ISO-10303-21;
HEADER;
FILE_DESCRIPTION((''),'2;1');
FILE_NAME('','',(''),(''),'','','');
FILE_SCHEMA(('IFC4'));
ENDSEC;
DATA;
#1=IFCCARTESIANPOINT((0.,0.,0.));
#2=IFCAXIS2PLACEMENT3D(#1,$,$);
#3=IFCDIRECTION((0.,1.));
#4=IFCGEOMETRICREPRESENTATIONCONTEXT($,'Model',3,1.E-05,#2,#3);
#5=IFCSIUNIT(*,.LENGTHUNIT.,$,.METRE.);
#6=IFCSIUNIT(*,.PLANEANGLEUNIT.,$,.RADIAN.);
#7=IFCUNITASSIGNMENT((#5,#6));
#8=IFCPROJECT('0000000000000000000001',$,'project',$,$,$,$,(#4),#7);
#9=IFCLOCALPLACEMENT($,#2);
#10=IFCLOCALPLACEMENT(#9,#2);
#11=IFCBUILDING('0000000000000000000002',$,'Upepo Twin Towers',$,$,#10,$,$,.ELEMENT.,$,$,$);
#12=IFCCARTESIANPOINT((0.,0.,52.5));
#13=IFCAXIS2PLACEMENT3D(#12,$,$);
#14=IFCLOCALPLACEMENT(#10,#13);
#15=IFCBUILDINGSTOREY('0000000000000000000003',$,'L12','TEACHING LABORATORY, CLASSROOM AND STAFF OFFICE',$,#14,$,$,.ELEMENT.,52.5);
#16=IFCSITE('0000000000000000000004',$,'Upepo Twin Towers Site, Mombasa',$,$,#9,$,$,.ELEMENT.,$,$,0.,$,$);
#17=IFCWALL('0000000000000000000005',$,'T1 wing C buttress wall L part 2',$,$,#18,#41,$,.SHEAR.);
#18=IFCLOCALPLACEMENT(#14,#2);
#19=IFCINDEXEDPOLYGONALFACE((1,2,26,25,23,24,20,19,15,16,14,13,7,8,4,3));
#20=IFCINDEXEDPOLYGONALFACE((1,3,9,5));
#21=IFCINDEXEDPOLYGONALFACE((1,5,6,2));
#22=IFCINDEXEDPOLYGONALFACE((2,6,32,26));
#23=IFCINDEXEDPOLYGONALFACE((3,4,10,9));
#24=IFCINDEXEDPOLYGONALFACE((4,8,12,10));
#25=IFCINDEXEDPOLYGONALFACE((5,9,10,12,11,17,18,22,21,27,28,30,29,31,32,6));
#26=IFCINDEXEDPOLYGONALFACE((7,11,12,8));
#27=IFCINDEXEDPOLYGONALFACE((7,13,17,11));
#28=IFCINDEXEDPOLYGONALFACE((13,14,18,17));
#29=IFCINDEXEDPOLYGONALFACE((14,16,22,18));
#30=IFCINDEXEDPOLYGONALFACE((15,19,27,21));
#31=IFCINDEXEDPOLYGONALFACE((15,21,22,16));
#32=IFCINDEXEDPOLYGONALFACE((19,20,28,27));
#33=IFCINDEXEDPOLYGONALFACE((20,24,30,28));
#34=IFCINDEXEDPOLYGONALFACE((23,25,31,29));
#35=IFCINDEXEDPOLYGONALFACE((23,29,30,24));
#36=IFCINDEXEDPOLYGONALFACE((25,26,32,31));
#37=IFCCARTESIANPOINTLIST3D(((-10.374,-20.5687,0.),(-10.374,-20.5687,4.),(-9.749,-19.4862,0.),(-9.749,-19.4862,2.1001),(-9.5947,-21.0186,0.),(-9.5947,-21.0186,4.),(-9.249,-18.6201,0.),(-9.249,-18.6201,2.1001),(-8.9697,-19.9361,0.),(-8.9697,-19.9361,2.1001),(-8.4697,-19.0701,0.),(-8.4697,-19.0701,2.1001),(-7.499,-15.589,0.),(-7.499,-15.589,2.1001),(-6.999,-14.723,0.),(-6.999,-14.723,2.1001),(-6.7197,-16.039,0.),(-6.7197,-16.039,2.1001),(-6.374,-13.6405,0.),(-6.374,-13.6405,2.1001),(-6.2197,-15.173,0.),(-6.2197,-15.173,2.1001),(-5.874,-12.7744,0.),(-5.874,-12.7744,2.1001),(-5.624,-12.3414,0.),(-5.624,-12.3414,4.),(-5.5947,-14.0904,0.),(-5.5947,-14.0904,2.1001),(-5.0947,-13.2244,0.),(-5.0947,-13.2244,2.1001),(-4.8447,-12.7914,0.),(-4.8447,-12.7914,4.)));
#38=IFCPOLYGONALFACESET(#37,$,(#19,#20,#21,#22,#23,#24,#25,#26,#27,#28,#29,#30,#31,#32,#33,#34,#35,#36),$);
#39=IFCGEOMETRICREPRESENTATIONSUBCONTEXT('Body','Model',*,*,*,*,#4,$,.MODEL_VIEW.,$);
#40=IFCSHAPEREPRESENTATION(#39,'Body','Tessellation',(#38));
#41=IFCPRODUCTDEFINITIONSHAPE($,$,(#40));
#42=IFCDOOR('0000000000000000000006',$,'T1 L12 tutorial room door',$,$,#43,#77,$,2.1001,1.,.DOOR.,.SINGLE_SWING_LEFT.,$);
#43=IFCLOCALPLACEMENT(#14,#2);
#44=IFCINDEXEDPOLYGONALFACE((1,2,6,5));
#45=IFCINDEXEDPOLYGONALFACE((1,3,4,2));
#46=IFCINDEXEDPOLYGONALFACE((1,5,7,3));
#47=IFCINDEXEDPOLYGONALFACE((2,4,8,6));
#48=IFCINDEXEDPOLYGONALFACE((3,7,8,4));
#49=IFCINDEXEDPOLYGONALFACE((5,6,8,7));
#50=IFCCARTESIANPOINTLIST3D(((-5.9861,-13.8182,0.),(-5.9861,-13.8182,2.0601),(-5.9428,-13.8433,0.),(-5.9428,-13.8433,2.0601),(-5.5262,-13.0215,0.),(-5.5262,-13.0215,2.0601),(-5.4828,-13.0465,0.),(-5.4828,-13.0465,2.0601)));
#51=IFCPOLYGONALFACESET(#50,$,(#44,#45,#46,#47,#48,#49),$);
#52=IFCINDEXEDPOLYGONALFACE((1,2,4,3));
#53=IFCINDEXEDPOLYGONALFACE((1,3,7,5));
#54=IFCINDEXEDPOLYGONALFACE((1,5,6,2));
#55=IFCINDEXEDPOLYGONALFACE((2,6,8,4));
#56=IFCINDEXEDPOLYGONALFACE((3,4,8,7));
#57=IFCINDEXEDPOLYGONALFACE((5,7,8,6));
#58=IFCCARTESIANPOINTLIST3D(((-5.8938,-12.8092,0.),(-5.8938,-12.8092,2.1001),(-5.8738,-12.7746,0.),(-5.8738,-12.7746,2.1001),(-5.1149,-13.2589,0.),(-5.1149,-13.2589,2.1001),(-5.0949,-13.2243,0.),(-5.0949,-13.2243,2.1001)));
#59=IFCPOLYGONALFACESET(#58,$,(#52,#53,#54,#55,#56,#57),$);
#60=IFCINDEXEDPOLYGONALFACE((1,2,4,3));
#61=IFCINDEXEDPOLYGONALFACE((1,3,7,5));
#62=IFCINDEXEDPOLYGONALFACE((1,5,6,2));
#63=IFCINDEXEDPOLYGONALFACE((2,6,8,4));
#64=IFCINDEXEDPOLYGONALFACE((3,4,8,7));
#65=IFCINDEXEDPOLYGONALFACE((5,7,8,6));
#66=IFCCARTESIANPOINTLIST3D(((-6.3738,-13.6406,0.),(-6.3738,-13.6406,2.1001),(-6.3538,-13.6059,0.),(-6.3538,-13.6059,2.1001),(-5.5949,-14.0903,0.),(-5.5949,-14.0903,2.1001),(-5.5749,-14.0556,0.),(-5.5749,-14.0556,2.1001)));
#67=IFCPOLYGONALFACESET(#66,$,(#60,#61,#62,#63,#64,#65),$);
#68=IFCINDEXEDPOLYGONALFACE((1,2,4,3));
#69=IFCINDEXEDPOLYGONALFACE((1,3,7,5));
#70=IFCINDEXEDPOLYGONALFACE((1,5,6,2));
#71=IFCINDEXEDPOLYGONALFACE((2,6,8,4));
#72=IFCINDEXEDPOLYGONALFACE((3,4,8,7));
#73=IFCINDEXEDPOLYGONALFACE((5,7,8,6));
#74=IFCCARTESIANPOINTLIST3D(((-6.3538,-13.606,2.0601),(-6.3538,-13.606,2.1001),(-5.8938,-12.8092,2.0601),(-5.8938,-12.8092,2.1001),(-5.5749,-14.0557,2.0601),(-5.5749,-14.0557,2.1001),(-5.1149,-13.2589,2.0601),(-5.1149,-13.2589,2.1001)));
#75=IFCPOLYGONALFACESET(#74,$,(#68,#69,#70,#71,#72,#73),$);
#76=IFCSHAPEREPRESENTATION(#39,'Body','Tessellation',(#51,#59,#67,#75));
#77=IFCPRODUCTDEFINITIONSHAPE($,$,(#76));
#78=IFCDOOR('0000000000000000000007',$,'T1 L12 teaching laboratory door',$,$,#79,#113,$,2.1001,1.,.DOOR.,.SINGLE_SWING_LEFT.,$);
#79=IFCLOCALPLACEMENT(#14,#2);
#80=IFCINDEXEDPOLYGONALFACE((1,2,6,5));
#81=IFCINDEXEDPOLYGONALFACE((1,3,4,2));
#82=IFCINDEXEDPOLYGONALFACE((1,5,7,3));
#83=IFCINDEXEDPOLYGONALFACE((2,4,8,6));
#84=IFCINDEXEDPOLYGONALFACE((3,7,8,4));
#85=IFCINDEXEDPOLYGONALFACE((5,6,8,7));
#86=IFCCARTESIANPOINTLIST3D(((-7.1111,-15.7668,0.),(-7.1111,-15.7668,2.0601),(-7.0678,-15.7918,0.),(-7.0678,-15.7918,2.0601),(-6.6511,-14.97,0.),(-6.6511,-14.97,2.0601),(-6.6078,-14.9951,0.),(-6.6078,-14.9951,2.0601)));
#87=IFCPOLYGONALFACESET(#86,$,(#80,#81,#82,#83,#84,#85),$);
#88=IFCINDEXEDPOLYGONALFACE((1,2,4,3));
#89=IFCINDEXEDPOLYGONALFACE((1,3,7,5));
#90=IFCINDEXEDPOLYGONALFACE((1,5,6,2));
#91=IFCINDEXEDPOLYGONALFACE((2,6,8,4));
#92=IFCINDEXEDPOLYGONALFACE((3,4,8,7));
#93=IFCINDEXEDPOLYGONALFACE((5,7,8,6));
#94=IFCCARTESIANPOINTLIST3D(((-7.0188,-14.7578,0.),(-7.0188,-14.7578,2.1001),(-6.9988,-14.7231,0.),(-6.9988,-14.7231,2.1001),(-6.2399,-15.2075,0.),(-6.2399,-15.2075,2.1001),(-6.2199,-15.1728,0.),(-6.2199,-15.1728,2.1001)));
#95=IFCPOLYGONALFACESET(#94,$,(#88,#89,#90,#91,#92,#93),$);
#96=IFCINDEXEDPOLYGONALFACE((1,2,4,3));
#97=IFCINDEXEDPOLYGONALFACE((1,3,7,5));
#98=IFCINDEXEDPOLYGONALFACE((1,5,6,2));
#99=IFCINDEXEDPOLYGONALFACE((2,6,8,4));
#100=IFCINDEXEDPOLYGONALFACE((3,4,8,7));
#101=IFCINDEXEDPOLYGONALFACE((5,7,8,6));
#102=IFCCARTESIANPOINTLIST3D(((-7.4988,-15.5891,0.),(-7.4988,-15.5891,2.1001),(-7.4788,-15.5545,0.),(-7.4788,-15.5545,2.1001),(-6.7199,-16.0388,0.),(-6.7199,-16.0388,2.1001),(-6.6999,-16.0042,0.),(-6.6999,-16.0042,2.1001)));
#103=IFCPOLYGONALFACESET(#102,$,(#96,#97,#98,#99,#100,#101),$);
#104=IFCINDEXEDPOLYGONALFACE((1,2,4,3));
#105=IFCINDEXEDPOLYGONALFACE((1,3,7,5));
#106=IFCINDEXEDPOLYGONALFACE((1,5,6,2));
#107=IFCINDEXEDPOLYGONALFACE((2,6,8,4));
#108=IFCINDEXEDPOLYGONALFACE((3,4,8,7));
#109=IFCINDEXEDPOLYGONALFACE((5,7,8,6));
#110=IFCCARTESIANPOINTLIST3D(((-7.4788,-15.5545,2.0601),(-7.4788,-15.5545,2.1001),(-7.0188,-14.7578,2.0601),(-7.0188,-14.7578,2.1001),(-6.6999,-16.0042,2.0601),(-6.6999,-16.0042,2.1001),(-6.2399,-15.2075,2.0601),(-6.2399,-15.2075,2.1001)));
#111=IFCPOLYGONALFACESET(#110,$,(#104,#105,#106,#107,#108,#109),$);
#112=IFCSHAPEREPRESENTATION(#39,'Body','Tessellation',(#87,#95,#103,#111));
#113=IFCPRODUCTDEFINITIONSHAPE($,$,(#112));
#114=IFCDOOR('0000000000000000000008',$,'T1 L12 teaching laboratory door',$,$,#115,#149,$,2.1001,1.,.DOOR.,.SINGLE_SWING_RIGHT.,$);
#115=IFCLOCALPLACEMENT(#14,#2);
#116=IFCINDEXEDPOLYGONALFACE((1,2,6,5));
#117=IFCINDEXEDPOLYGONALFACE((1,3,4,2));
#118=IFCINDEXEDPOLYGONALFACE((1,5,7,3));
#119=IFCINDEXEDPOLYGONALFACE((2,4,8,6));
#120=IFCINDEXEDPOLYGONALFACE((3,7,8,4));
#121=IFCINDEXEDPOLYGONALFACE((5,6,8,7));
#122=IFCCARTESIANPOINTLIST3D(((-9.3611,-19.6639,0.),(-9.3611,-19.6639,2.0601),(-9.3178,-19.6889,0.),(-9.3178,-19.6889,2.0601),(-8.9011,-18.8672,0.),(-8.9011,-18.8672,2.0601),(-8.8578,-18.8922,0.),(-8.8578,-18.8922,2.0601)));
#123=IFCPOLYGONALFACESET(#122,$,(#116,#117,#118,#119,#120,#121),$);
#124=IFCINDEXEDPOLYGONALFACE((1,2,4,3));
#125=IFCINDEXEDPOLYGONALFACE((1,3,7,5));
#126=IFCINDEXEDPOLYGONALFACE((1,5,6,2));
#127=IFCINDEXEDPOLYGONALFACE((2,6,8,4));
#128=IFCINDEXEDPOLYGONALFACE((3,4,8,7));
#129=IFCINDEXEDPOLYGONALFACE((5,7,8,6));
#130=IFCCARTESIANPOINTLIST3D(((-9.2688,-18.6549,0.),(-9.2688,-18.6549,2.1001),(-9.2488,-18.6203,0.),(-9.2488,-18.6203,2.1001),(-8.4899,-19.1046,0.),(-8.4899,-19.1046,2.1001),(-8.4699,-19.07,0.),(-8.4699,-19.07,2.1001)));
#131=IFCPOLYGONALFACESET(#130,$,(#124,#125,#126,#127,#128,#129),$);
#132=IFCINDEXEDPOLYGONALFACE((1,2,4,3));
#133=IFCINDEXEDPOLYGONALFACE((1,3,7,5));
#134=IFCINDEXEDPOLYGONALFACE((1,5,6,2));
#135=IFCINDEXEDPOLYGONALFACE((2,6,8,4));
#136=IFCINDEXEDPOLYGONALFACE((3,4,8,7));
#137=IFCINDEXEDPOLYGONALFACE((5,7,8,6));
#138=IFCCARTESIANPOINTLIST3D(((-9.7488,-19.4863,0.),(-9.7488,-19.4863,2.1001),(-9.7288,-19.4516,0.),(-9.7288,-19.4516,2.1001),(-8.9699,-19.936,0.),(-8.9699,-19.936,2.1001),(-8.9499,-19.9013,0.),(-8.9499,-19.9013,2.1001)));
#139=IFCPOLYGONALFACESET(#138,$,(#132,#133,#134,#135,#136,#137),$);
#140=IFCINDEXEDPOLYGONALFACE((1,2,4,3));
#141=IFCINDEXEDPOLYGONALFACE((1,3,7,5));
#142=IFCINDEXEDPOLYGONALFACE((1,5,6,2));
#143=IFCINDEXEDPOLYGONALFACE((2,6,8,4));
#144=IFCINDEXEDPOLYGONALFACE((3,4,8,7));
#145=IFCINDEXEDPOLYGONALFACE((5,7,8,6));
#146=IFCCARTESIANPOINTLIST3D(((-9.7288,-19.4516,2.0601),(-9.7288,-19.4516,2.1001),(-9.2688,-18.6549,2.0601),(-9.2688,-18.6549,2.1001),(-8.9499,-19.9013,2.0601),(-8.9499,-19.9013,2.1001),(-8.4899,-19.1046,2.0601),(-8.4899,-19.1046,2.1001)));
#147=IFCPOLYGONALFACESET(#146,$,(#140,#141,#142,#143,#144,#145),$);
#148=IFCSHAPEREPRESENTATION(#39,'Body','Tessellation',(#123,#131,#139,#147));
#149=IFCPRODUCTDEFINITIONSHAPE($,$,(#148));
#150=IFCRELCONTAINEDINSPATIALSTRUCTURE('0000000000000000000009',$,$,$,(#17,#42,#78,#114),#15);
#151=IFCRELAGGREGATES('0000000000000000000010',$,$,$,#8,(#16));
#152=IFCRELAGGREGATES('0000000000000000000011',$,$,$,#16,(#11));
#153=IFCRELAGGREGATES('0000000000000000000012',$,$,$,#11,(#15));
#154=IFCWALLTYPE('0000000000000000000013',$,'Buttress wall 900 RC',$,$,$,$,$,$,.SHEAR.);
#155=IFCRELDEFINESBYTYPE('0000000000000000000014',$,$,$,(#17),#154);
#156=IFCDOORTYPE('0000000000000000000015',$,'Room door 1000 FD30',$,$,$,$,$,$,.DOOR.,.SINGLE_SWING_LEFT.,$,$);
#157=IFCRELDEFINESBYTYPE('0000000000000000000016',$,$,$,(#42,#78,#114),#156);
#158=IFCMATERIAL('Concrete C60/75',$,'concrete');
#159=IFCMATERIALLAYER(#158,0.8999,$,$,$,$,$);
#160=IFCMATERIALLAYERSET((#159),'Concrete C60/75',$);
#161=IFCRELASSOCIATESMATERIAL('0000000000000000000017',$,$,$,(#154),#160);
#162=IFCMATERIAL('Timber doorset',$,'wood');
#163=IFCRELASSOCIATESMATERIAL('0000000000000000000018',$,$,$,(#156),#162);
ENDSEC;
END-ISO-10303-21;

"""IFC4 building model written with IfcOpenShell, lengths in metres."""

from ifc_helpers import new_model, si_unit, direction, frame, frame_2d, origin, place, context, subcontext, project, spatial, rectangle, extrude, material, layer, layer_set, type_object, element, fill, save


model = new_model("IFC4")

# Units and contexts
model_context = context("Model", 3, precision=1e-05, world=origin(), true_north=direction((0.0, 1.0)))
body_context = subcontext(model_context, "Body", "Model", "MODEL_VIEW")
ifc_project = project(units=[si_unit("LENGTHUNIT", "METRE"), si_unit("PLANEANGLEUNIT", "RADIAN")], contexts=[model_context])

# Site, building, storey
site_placement = place(None, origin())
site = spatial("IfcSite", under=ifc_project, at=site_placement, Name="Upepo Twin Towers Site, Mombasa", CompositionType="ELEMENT", RefElevation=0.0)
building_placement = place(site_placement, origin())
building = spatial("IfcBuilding", under=site, at=building_placement, Name="Upepo Twin Towers", CompositionType="ELEMENT")
storey_placement = place(building_placement, frame((0.0, 0.0, 52.5)))
storey = spatial("IfcBuildingStorey", under=building, at=storey_placement, Name="L12", Description="TEACHING LABORATORY, CLASSROOM AND STAFF OFFICE", CompositionType="ELEMENT", Elevation=52.5)

# Wall, openings, doors
ifc_material_1 = material(Name="Concrete C60/75", Category="concrete")
ifc_layer_1 = layer(ifc_material_1, 0.8999)
ifc_layer_set_1 = layer_set([ifc_layer_1], Name="Concrete C60/75")
wall_type_1 = type_object("IfcWallType", Name="Buttress wall 900 RC", PredefinedType="SHEAR", material=ifc_layer_set_1)
wall_1_placement = place(storey_placement, frame((-5.2344, -12.5664, 0.0), z_axis=(0.0, 0.0, 1.0), x_axis=(-0.499998, -0.866027, 0.0)))
wall_1 = element("IfcWall", 1, at=wall_1_placement, inside=storey, type_object=wall_type_1, Name="T1 wing C buttress wall L part 2", PredefinedType="SHEAR", context=body_context, shape_type="SweptSolid", body=[
    extrude(rectangle(XDim=9.5, YDim=0.8999, at=frame_2d((4.75, 0.0))), origin(), (0.0, 0.0, 1.0), 4.0),
])
opening_1_placement = place(wall_1_placement, frame((0.5, 0.0, 0.0)))
opening_1 = element("IfcOpeningElement", 2, at=opening_1_placement, cuts=wall_1, PredefinedType="OPENING", context=body_context, shape_type="SweptSolid", body=[
    extrude(rectangle(XDim=1.0, YDim=2.1001, at=frame_2d((0.5, 1.05))), frame((0.0, 0.46, 0.0), z_axis=(0.0, -1.0, 0.0), x_axis=(1.0, 0.0, 0.0)), (0.0, 0.0, 1.0), 0.9199),
])
opening_2_placement = place(wall_1_placement, frame((2.75, 0.0, 0.0)))
opening_2 = element("IfcOpeningElement", 3, at=opening_2_placement, cuts=wall_1, PredefinedType="OPENING", context=body_context, shape_type="SweptSolid", body=[
    extrude(rectangle(XDim=1.0, YDim=2.1001, at=frame_2d((0.5, 1.05))), frame((0.0, 0.46, 0.0), z_axis=(0.0, -1.0, 0.0), x_axis=(1.0, 0.0, 0.0)), (0.0, 0.0, 1.0), 0.9199),
])
opening_3_placement = place(wall_1_placement, frame((7.25, 0.0, 0.0)))
opening_3 = element("IfcOpeningElement", 4, at=opening_3_placement, cuts=wall_1, PredefinedType="OPENING", context=body_context, shape_type="SweptSolid", body=[
    extrude(rectangle(XDim=1.0, YDim=2.1001, at=frame_2d((0.5, 1.05))), frame((0.0, 0.46, 0.0), z_axis=(0.0, -1.0, 0.0), x_axis=(1.0, 0.0, 0.0)), (0.0, 0.0, 1.0), 0.9199),
])
ifc_material_2 = material(Name="Timber doorset", Category="wood")
door_type = type_object("IfcDoorType", Name="Room door 1000 FD30", OperationType="SINGLE_SWING_LEFT", PredefinedType="DOOR", material=ifc_material_2)
door_1_placement = place(opening_1_placement, origin())
door_1 = element("IfcDoor", 5, at=door_1_placement, inside=storey, type_object=door_type, Name="T1 L12 tutorial room door", OperationType="SINGLE_SWING_LEFT", OverallHeight=2.1001, OverallWidth=1.0, PredefinedType="DOOR", context=body_context, shape_type="SweptSolid", body=[
    extrude(rectangle(XDim=0.92, YDim=2.0601, at=frame_2d((0.5, 1.03))), frame((0.0, 0.0249, 0.0), z_axis=(0.0, -1.0, 0.0), x_axis=(1.0, 0.0, 0.0)), (0.0, 0.0, 1.0), 0.05),
    extrude(rectangle(XDim=0.04, YDim=2.1001, at=frame_2d((0.02, 1.05))), frame((0.0, 0.4497, 0.0), z_axis=(0.0, -1.0, 0.0), x_axis=(1.0, 0.0, 0.0)), (0.0, 0.0, 1.0), 0.8994),
    extrude(rectangle(XDim=0.04, YDim=2.1001, at=frame_2d((0.98, 1.05))), frame((0.0, 0.4497, 0.0), z_axis=(0.0, -1.0, 0.0), x_axis=(1.0, 0.0, 0.0)), (0.0, 0.0, 1.0), 0.8994),
    extrude(rectangle(XDim=0.92, YDim=0.04, at=frame_2d((0.5, 2.0801))), frame((0.0, 0.4497, 0.0), z_axis=(0.0, -1.0, 0.0), x_axis=(1.0, 0.0, 0.0)), (0.0, 0.0, 1.0), 0.8994),
])
fill(opening_1, door_1)
door_2_placement = place(opening_2_placement, origin())
door_2 = element("IfcDoor", 6, at=door_2_placement, inside=storey, type_object=door_type, Name="T1 L12 teaching laboratory door", OperationType="SINGLE_SWING_LEFT", OverallHeight=2.1001, OverallWidth=1.0, PredefinedType="DOOR", context=body_context, shape_type="SweptSolid", body=[
    extrude(rectangle(XDim=0.92, YDim=2.0601, at=frame_2d((0.5, 1.03))), frame((0.0, 0.0249, 0.0), z_axis=(0.0, -1.0, 0.0), x_axis=(1.0, 0.0, 0.0)), (0.0, 0.0, 1.0), 0.05),
    extrude(rectangle(XDim=0.04, YDim=2.1001, at=frame_2d((0.02, 1.05))), frame((0.0, 0.4497, 0.0), z_axis=(0.0, -1.0, 0.0), x_axis=(1.0, 0.0, 0.0)), (0.0, 0.0, 1.0), 0.8994),
    extrude(rectangle(XDim=0.04, YDim=2.1001, at=frame_2d((0.98, 1.05))), frame((0.0, 0.4497, 0.0), z_axis=(0.0, -1.0, 0.0), x_axis=(1.0, 0.0, 0.0)), (0.0, 0.0, 1.0), 0.8994),
    extrude(rectangle(XDim=0.92, YDim=0.04, at=frame_2d((0.5, 2.0801))), frame((0.0, 0.4497, 0.0), z_axis=(0.0, -1.0, 0.0), x_axis=(1.0, 0.0, 0.0)), (0.0, 0.0, 1.0), 0.8994),
])
fill(opening_2, door_2)
door_3_placement = place(opening_3_placement, origin())
door_3 = element("IfcDoor", 7, at=door_3_placement, inside=storey, type_object=door_type, Name="T1 L12 teaching laboratory door", OperationType="SINGLE_SWING_RIGHT", OverallHeight=2.1001, OverallWidth=1.0, PredefinedType="DOOR", context=body_context, shape_type="SweptSolid", body=[
    extrude(rectangle(XDim=0.92, YDim=2.0601, at=frame_2d((0.5, 1.03))), frame((0.0, 0.0249, 0.0), z_axis=(0.0, -1.0, 0.0), x_axis=(1.0, 0.0, 0.0)), (0.0, 0.0, 1.0), 0.05),
    extrude(rectangle(XDim=0.04, YDim=2.1001, at=frame_2d((0.02, 1.05))), frame((0.0, 0.4497, 0.0), z_axis=(0.0, -1.0, 0.0), x_axis=(1.0, 0.0, 0.0)), (0.0, 0.0, 1.0), 0.8994),
    extrude(rectangle(XDim=0.04, YDim=2.1001, at=frame_2d((0.98, 1.05))), frame((0.0, 0.4497, 0.0), z_axis=(0.0, -1.0, 0.0), x_axis=(1.0, 0.0, 0.0)), (0.0, 0.0, 1.0), 0.8994),
    extrude(rectangle(XDim=0.92, YDim=0.04, at=frame_2d((0.5, 2.0801))), frame((0.0, 0.4497, 0.0), z_axis=(0.0, -1.0, 0.0), x_axis=(1.0, 0.0, 0.0)), (0.0, 0.0, 1.0), 0.8994),
])
fill(opening_3, door_3)

save(model, "model.ifc")
